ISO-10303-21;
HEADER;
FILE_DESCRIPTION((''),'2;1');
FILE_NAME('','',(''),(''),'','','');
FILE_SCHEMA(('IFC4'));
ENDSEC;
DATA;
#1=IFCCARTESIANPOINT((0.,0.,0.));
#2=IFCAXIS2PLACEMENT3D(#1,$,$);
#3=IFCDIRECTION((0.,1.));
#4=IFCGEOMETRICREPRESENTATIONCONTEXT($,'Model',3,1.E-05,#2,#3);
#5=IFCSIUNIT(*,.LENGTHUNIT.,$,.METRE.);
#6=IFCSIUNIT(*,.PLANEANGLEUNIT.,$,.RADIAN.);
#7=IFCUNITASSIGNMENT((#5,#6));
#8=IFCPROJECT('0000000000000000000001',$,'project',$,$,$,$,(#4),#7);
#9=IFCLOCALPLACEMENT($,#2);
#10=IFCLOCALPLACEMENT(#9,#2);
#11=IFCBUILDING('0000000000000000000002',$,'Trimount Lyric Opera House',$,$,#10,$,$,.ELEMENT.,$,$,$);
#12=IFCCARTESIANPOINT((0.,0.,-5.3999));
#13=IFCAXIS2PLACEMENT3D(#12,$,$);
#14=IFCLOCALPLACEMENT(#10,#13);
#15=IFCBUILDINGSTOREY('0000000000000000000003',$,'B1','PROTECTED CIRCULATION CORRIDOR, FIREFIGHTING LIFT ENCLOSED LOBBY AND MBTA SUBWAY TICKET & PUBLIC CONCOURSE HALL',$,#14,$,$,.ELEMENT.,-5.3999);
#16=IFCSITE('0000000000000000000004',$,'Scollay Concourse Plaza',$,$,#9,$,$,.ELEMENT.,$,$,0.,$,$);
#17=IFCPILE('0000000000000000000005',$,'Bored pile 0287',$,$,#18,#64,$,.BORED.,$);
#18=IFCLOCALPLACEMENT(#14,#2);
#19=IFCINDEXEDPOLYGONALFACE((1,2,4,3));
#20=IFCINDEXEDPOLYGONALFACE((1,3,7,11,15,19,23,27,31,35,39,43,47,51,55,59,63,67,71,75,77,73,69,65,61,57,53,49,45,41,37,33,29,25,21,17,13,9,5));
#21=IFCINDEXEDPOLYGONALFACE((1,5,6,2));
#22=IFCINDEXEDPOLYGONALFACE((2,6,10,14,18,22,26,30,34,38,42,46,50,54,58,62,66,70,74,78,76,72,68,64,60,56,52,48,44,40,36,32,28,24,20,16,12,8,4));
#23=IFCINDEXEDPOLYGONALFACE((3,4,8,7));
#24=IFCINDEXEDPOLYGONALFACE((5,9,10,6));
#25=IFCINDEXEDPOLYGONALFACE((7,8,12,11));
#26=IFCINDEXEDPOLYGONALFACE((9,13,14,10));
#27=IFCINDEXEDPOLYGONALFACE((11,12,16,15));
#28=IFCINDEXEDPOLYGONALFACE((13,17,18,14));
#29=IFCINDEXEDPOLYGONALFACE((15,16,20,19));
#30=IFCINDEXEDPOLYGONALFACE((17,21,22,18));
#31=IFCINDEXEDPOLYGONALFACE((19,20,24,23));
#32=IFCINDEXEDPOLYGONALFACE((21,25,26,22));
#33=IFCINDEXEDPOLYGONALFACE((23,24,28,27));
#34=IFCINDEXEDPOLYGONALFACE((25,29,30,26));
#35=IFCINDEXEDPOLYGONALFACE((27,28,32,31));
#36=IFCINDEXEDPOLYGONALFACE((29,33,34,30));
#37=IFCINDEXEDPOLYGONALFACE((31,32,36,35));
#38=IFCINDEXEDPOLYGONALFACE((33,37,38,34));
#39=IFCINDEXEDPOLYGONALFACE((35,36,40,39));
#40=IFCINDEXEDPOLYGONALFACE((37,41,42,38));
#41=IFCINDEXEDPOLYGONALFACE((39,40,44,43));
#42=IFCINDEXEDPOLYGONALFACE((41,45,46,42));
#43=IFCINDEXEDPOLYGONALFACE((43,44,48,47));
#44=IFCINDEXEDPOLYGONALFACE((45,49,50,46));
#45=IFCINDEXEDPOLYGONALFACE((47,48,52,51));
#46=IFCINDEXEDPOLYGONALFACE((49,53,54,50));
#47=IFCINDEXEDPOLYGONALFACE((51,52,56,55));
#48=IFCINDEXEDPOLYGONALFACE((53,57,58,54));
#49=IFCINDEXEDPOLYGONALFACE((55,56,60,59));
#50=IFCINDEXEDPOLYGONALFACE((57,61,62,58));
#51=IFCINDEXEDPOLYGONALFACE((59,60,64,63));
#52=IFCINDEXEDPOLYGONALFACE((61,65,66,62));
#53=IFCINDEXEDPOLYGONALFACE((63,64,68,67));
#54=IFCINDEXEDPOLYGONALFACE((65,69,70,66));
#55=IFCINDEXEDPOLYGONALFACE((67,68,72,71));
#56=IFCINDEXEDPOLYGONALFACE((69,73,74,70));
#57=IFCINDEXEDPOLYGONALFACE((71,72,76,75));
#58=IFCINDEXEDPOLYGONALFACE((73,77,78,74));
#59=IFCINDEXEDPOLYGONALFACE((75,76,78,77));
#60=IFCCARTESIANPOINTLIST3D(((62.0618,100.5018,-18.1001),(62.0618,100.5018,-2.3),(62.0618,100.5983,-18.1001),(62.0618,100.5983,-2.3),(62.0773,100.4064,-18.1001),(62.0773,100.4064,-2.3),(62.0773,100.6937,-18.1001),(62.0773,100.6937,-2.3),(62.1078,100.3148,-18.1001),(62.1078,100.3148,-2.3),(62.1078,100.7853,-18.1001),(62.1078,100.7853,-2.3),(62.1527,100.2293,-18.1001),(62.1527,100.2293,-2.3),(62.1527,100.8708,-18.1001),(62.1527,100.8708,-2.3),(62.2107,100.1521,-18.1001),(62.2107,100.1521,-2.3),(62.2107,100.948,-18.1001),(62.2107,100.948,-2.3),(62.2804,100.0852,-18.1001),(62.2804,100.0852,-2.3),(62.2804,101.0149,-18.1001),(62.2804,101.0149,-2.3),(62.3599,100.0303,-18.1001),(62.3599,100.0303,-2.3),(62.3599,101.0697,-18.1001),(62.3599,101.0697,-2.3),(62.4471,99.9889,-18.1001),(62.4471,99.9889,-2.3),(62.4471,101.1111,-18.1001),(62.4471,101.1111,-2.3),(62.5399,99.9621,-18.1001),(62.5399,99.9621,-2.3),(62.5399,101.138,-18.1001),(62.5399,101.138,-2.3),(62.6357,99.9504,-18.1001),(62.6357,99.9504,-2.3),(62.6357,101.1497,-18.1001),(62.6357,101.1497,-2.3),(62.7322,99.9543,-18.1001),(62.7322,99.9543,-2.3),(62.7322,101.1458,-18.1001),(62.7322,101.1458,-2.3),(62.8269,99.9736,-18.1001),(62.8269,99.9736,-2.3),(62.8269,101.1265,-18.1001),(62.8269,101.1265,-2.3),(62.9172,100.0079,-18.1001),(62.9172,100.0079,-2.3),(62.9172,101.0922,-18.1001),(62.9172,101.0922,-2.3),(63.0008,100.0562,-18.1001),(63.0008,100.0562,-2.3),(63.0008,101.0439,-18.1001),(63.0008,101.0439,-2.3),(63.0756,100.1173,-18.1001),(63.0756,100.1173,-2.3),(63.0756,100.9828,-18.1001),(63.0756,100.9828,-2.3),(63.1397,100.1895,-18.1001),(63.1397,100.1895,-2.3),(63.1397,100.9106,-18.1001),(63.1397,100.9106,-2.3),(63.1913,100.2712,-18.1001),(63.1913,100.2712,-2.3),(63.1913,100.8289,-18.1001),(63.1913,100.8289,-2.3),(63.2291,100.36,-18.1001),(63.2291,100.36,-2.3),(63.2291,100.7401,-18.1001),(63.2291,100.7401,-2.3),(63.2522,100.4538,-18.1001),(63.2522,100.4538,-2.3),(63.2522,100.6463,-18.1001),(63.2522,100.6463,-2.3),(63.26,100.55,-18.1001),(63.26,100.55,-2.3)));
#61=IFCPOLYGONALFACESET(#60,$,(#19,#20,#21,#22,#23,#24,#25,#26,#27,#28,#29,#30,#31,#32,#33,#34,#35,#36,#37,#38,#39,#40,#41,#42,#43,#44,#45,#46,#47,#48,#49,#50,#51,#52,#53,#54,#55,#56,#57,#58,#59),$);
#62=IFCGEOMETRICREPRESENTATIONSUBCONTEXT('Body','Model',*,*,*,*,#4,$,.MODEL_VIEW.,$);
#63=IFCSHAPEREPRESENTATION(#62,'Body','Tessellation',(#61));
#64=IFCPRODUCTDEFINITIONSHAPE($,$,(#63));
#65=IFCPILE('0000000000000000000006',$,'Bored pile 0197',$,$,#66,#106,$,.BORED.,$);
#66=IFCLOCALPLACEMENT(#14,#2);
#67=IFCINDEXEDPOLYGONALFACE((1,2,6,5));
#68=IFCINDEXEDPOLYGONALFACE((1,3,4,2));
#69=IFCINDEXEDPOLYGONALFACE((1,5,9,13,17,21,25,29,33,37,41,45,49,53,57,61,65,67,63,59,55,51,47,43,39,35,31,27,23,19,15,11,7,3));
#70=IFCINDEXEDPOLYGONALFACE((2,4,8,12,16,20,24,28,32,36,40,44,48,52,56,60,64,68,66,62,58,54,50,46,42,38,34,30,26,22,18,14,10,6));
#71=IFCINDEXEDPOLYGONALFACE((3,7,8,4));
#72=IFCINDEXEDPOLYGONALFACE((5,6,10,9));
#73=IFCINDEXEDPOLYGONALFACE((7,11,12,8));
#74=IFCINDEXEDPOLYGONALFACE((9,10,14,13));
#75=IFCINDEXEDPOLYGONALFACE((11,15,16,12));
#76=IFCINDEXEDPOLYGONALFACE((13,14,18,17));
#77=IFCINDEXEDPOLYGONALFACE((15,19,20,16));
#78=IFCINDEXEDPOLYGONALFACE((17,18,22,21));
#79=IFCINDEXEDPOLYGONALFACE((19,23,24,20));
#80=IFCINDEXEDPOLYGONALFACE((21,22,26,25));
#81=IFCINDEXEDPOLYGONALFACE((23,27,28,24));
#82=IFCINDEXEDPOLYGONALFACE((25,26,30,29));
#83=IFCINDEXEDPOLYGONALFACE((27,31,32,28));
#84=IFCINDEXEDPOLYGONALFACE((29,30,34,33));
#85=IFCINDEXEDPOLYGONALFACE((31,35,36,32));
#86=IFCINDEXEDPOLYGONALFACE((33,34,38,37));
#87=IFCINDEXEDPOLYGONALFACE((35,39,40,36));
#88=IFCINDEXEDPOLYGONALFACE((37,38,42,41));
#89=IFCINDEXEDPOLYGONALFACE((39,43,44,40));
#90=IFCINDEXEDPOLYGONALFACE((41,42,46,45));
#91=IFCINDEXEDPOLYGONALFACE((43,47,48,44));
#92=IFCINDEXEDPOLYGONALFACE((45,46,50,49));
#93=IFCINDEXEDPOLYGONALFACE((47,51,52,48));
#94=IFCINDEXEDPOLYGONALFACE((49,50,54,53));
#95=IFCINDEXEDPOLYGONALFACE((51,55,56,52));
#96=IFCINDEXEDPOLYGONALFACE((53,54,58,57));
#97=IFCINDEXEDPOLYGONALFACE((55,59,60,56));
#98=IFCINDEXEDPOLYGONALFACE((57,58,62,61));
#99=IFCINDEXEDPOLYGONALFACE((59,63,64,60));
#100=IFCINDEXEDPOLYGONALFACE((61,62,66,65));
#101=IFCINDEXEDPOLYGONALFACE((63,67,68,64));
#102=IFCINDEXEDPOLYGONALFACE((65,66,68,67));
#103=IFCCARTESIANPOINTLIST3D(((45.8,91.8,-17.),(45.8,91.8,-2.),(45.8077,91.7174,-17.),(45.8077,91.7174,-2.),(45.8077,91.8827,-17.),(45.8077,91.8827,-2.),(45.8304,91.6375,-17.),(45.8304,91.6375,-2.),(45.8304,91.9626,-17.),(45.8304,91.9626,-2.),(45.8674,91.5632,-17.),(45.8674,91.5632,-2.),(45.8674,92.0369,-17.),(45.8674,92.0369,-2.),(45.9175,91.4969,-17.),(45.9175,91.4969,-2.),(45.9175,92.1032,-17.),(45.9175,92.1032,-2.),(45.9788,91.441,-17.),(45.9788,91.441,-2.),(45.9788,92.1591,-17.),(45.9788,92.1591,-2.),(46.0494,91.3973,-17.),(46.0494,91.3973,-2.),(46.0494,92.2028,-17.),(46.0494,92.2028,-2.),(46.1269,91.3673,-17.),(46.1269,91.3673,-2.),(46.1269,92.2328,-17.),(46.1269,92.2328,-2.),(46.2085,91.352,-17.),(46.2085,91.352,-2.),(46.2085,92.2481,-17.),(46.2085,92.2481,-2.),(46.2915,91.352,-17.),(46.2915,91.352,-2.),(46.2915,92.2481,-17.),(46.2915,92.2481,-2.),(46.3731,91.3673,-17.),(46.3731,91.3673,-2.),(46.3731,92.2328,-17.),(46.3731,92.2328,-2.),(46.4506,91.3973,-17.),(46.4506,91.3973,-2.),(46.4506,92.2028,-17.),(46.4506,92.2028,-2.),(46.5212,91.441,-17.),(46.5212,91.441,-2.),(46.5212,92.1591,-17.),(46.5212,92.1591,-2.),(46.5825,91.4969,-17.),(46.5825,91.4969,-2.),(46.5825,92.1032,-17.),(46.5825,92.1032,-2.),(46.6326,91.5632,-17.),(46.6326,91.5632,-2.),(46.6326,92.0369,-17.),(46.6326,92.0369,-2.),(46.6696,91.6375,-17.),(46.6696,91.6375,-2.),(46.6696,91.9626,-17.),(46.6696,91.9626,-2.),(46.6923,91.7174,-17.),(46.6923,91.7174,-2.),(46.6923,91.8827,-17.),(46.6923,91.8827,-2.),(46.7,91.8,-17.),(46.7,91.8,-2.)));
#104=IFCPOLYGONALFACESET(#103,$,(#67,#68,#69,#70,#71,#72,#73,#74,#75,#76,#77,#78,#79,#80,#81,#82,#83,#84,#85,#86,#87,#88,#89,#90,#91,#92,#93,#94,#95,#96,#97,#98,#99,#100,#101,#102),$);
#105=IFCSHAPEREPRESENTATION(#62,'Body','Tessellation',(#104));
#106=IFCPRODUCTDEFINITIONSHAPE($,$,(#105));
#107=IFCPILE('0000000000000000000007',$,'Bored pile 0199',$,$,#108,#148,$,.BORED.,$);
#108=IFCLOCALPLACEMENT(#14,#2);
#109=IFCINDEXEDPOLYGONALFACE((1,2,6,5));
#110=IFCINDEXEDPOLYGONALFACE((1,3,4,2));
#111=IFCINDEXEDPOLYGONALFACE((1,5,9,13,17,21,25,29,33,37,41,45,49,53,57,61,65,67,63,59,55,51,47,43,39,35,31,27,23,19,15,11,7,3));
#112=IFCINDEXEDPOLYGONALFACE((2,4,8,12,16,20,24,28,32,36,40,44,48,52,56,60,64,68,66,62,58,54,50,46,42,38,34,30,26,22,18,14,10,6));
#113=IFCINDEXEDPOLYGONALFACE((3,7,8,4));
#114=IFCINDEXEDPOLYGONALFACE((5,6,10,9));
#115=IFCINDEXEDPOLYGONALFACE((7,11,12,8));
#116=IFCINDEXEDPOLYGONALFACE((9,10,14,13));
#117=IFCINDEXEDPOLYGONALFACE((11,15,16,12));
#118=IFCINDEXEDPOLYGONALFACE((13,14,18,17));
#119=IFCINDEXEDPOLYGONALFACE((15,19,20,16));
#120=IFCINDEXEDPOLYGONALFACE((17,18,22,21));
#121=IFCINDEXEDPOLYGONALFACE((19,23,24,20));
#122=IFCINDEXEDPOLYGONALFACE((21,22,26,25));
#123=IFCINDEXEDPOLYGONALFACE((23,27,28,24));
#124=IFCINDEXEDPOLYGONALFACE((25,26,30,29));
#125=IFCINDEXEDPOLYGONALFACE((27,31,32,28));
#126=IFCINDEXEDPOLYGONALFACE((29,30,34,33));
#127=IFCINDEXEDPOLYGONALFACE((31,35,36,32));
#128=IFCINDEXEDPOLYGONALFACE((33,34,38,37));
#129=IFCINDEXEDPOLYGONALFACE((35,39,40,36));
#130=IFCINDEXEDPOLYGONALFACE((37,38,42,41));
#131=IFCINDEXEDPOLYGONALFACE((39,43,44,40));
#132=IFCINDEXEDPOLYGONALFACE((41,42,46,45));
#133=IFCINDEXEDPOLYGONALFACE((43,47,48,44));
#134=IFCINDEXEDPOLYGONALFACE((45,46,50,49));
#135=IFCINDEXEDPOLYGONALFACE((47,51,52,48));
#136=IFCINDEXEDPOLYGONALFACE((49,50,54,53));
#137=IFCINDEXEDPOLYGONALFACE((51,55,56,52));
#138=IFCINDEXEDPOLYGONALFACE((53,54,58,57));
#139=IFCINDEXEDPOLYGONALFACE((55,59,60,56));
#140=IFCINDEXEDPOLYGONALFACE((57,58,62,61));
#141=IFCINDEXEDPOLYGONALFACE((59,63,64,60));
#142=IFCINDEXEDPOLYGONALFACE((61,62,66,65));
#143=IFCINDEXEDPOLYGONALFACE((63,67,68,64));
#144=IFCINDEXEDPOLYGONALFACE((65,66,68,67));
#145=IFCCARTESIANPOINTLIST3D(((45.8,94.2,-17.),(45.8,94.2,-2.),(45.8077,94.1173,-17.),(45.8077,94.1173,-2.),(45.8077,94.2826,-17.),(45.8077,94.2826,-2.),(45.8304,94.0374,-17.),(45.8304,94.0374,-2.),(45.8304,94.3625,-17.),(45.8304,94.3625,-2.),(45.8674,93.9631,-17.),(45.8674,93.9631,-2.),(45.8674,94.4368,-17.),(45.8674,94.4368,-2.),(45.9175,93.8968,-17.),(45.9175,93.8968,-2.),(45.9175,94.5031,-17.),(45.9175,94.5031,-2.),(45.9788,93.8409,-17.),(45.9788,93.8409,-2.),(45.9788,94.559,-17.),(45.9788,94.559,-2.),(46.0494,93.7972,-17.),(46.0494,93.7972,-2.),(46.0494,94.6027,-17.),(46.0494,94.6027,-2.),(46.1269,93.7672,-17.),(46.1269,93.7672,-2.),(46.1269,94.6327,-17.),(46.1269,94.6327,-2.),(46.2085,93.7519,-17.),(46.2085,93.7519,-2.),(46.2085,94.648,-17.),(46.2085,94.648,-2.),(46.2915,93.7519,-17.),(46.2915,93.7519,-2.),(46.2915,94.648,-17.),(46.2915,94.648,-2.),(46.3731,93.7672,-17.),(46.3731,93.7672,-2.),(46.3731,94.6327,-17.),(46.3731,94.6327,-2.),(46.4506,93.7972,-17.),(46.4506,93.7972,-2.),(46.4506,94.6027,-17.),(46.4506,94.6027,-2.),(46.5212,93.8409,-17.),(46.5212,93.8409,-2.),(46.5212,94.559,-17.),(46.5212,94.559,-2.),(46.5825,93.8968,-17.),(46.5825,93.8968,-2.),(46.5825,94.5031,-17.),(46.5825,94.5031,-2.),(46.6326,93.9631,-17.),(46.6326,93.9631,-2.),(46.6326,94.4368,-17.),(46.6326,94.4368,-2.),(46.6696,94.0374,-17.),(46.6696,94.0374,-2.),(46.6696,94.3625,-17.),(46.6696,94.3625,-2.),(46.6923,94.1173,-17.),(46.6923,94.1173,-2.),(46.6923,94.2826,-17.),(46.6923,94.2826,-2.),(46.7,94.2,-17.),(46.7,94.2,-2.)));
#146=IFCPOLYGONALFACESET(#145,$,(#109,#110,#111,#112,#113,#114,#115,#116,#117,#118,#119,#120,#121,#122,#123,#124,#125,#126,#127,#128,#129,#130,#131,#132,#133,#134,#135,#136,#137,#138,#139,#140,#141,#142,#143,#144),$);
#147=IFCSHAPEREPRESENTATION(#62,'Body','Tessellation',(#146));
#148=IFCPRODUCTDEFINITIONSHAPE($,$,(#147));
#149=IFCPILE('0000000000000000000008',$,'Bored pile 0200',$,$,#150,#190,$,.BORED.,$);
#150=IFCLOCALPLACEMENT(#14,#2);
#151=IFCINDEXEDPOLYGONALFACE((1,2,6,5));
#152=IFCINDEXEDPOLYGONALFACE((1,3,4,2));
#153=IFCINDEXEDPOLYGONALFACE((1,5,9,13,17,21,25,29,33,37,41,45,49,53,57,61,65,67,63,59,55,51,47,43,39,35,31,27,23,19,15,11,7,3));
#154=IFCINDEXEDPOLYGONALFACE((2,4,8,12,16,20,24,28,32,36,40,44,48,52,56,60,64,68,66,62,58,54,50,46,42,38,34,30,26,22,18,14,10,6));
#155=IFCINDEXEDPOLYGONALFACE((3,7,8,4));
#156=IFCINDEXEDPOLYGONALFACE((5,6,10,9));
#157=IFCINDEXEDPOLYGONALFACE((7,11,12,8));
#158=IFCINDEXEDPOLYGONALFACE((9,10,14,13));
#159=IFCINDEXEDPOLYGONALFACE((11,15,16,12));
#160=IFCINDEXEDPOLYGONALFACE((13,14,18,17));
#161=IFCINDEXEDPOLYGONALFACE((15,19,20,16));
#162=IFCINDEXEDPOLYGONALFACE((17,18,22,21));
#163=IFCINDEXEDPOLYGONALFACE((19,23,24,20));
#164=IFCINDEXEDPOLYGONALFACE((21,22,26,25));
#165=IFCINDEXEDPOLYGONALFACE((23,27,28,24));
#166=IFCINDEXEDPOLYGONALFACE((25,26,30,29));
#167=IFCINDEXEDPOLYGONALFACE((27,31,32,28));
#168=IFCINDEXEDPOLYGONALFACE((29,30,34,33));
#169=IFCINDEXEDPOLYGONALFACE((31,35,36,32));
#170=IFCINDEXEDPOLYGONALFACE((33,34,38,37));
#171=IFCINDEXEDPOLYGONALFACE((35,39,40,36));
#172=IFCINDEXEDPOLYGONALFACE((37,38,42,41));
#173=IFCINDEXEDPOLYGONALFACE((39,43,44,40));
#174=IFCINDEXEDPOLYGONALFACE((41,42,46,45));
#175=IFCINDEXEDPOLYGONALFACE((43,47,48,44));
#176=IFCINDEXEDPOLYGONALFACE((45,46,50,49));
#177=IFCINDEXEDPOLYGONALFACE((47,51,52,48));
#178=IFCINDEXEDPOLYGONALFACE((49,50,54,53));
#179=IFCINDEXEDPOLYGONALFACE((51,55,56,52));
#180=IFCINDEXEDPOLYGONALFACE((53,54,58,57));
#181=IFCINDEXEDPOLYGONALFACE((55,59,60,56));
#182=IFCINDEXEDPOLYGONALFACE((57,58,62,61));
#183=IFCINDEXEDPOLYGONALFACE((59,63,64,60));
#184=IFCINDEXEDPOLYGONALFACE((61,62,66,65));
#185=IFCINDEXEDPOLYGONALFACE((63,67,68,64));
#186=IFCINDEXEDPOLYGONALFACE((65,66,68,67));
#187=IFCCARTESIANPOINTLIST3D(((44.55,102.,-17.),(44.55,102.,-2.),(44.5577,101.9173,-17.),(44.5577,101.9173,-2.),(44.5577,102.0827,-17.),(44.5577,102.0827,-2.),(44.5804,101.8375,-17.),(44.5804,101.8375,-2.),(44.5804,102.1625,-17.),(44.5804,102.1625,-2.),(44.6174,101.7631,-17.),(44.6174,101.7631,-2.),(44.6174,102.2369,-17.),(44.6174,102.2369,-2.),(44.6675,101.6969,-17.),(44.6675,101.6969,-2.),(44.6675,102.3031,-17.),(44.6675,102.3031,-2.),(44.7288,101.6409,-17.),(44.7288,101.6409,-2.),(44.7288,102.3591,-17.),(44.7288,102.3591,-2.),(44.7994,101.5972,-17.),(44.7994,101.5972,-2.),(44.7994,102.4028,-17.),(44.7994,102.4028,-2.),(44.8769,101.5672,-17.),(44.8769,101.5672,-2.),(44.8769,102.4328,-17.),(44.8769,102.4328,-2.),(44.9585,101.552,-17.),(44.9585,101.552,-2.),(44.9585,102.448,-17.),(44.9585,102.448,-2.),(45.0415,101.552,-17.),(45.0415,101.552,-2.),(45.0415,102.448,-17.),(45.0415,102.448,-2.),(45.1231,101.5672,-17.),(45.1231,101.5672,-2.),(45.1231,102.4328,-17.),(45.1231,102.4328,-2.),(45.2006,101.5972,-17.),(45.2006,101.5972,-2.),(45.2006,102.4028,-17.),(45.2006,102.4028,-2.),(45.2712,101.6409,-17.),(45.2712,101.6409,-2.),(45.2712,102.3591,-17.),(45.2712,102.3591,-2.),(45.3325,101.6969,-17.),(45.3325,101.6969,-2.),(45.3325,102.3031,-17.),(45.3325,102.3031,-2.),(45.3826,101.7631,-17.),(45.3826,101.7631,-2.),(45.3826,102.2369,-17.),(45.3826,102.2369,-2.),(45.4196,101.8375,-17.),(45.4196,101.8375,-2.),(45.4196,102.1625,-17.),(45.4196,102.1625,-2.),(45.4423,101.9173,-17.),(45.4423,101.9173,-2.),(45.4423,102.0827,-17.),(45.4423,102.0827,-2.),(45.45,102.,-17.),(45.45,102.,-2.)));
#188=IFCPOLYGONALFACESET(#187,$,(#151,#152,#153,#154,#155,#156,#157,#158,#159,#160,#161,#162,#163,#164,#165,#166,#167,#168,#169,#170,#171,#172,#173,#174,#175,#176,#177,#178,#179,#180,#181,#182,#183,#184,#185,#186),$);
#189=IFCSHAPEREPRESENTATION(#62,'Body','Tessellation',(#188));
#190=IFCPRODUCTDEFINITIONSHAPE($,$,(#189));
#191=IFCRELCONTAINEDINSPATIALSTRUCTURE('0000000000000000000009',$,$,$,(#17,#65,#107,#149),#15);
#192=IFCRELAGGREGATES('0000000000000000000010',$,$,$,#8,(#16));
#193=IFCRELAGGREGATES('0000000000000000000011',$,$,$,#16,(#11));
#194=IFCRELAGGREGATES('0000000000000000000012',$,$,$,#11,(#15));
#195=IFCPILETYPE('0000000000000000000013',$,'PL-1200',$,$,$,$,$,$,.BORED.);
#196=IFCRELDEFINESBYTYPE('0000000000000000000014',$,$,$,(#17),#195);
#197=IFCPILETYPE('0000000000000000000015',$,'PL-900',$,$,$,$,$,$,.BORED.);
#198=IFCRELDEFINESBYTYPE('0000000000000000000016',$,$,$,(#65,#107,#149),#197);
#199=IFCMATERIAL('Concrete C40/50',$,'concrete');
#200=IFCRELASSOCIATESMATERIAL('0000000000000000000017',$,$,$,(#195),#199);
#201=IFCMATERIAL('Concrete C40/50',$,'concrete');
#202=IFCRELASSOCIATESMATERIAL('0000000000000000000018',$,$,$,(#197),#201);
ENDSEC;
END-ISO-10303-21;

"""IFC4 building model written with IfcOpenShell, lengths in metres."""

from ifc_helpers import new_model, si_unit, direction, frame, origin, origin_2d, place, context, subcontext, project, spatial, circle, extrude, material, material_profile, profile_set, type_object, element, save


model = new_model("IFC4")

# Units and contexts
model_context = context("Model", 3, precision=1e-05, world=origin(), true_north=direction((0.0, 1.0)))
body_context = subcontext(model_context, "Body", "Model", "MODEL_VIEW")
ifc_project = project(units=[si_unit("LENGTHUNIT", "METRE"), si_unit("PLANEANGLEUNIT", "RADIAN")], contexts=[model_context])

# Site, building, storey
site_placement = place(None, origin())
site = spatial("IfcSite", under=ifc_project, at=site_placement, Name="Scollay Concourse Plaza", CompositionType="ELEMENT", RefElevation=0.0)
building_placement = place(site_placement, origin())
building = spatial("IfcBuilding", under=site, at=building_placement, Name="Trimount Lyric Opera House", CompositionType="ELEMENT")
storey_placement = place(building_placement, frame((0.0, 0.0, -5.3999)))
storey = spatial("IfcBuildingStorey", under=building, at=storey_placement, Name="B1", Description="PROTECTED CIRCULATION CORRIDOR, FIREFIGHTING LIFT ENCLOSED LOBBY AND MBTA SUBWAY TICKET & PUBLIC CONCOURSE HALL", CompositionType="ELEMENT", Elevation=-5.3999)

# Piles
ifc_material_1 = material(Name="Concrete C40/50", Category="concrete")
ifc_material_profile_1 = material_profile(ifc_material_1, circle(Radius=0.6001, at=origin_2d()), Name="PILE-D1200")
ifc_profile_set_1 = profile_set([ifc_material_profile_1], Name="Concrete C40/50")
pile_type_1 = type_object("IfcPileType", Name="PL-1200", PredefinedType="BORED", material=ifc_profile_set_1)
for number, where, z_axis, x_axis, name in (
    (1, (62.6599, 100.55, -2.3), (0.0, 0.0, -1.0), (1.0, 0.0, 0.0), "Bored pile 0287"),
):
    element("IfcPile", number, at=place(storey_placement, frame(where, z_axis=z_axis, x_axis=x_axis)), inside=storey, type_object=pile_type_1, Name=name, PredefinedType="BORED", context=body_context, shape_type="SweptSolid", body=[
        extrude(circle(Radius=0.6001, at=origin_2d()), origin(), (0.0, 0.0, 1.0), 15.8),
    ])
ifc_material_2 = material(Name="Concrete C40/50", Category="concrete")
ifc_material_profile_2 = material_profile(ifc_material_2, circle(Radius=0.45, at=origin_2d()), Name="PILE-D900")
ifc_profile_set_2 = profile_set([ifc_material_profile_2], Name="Concrete C40/50")
pile_type_2 = type_object("IfcPileType", Name="PL-900", PredefinedType="BORED", material=ifc_profile_set_2)
for number, where, z_axis, x_axis, name in (
    (2, (46.25, 91.8, -2.0), (0.0, 0.0, -1.0), (1.0, 0.0, 0.0), "Bored pile 0197"),
    (3, (46.25, 94.2, -2.0), (0.0, 0.0, -1.0), (1.0, 0.0, 0.0), "Bored pile 0199"),
    (4, (45.0, 102.0, -2.0), (0.0, 0.0, -1.0), (1.0, 0.0, 0.0), "Bored pile 0200"),
):
    element("IfcPile", number, at=place(storey_placement, frame(where, z_axis=z_axis, x_axis=x_axis)), inside=storey, type_object=pile_type_2, Name=name, PredefinedType="BORED", context=body_context, shape_type="SweptSolid", body=[
        extrude(circle(Radius=0.45, at=origin_2d()), origin(), (0.0, 0.0, 1.0), 15.0),
    ])

save(model, "model.ifc")
